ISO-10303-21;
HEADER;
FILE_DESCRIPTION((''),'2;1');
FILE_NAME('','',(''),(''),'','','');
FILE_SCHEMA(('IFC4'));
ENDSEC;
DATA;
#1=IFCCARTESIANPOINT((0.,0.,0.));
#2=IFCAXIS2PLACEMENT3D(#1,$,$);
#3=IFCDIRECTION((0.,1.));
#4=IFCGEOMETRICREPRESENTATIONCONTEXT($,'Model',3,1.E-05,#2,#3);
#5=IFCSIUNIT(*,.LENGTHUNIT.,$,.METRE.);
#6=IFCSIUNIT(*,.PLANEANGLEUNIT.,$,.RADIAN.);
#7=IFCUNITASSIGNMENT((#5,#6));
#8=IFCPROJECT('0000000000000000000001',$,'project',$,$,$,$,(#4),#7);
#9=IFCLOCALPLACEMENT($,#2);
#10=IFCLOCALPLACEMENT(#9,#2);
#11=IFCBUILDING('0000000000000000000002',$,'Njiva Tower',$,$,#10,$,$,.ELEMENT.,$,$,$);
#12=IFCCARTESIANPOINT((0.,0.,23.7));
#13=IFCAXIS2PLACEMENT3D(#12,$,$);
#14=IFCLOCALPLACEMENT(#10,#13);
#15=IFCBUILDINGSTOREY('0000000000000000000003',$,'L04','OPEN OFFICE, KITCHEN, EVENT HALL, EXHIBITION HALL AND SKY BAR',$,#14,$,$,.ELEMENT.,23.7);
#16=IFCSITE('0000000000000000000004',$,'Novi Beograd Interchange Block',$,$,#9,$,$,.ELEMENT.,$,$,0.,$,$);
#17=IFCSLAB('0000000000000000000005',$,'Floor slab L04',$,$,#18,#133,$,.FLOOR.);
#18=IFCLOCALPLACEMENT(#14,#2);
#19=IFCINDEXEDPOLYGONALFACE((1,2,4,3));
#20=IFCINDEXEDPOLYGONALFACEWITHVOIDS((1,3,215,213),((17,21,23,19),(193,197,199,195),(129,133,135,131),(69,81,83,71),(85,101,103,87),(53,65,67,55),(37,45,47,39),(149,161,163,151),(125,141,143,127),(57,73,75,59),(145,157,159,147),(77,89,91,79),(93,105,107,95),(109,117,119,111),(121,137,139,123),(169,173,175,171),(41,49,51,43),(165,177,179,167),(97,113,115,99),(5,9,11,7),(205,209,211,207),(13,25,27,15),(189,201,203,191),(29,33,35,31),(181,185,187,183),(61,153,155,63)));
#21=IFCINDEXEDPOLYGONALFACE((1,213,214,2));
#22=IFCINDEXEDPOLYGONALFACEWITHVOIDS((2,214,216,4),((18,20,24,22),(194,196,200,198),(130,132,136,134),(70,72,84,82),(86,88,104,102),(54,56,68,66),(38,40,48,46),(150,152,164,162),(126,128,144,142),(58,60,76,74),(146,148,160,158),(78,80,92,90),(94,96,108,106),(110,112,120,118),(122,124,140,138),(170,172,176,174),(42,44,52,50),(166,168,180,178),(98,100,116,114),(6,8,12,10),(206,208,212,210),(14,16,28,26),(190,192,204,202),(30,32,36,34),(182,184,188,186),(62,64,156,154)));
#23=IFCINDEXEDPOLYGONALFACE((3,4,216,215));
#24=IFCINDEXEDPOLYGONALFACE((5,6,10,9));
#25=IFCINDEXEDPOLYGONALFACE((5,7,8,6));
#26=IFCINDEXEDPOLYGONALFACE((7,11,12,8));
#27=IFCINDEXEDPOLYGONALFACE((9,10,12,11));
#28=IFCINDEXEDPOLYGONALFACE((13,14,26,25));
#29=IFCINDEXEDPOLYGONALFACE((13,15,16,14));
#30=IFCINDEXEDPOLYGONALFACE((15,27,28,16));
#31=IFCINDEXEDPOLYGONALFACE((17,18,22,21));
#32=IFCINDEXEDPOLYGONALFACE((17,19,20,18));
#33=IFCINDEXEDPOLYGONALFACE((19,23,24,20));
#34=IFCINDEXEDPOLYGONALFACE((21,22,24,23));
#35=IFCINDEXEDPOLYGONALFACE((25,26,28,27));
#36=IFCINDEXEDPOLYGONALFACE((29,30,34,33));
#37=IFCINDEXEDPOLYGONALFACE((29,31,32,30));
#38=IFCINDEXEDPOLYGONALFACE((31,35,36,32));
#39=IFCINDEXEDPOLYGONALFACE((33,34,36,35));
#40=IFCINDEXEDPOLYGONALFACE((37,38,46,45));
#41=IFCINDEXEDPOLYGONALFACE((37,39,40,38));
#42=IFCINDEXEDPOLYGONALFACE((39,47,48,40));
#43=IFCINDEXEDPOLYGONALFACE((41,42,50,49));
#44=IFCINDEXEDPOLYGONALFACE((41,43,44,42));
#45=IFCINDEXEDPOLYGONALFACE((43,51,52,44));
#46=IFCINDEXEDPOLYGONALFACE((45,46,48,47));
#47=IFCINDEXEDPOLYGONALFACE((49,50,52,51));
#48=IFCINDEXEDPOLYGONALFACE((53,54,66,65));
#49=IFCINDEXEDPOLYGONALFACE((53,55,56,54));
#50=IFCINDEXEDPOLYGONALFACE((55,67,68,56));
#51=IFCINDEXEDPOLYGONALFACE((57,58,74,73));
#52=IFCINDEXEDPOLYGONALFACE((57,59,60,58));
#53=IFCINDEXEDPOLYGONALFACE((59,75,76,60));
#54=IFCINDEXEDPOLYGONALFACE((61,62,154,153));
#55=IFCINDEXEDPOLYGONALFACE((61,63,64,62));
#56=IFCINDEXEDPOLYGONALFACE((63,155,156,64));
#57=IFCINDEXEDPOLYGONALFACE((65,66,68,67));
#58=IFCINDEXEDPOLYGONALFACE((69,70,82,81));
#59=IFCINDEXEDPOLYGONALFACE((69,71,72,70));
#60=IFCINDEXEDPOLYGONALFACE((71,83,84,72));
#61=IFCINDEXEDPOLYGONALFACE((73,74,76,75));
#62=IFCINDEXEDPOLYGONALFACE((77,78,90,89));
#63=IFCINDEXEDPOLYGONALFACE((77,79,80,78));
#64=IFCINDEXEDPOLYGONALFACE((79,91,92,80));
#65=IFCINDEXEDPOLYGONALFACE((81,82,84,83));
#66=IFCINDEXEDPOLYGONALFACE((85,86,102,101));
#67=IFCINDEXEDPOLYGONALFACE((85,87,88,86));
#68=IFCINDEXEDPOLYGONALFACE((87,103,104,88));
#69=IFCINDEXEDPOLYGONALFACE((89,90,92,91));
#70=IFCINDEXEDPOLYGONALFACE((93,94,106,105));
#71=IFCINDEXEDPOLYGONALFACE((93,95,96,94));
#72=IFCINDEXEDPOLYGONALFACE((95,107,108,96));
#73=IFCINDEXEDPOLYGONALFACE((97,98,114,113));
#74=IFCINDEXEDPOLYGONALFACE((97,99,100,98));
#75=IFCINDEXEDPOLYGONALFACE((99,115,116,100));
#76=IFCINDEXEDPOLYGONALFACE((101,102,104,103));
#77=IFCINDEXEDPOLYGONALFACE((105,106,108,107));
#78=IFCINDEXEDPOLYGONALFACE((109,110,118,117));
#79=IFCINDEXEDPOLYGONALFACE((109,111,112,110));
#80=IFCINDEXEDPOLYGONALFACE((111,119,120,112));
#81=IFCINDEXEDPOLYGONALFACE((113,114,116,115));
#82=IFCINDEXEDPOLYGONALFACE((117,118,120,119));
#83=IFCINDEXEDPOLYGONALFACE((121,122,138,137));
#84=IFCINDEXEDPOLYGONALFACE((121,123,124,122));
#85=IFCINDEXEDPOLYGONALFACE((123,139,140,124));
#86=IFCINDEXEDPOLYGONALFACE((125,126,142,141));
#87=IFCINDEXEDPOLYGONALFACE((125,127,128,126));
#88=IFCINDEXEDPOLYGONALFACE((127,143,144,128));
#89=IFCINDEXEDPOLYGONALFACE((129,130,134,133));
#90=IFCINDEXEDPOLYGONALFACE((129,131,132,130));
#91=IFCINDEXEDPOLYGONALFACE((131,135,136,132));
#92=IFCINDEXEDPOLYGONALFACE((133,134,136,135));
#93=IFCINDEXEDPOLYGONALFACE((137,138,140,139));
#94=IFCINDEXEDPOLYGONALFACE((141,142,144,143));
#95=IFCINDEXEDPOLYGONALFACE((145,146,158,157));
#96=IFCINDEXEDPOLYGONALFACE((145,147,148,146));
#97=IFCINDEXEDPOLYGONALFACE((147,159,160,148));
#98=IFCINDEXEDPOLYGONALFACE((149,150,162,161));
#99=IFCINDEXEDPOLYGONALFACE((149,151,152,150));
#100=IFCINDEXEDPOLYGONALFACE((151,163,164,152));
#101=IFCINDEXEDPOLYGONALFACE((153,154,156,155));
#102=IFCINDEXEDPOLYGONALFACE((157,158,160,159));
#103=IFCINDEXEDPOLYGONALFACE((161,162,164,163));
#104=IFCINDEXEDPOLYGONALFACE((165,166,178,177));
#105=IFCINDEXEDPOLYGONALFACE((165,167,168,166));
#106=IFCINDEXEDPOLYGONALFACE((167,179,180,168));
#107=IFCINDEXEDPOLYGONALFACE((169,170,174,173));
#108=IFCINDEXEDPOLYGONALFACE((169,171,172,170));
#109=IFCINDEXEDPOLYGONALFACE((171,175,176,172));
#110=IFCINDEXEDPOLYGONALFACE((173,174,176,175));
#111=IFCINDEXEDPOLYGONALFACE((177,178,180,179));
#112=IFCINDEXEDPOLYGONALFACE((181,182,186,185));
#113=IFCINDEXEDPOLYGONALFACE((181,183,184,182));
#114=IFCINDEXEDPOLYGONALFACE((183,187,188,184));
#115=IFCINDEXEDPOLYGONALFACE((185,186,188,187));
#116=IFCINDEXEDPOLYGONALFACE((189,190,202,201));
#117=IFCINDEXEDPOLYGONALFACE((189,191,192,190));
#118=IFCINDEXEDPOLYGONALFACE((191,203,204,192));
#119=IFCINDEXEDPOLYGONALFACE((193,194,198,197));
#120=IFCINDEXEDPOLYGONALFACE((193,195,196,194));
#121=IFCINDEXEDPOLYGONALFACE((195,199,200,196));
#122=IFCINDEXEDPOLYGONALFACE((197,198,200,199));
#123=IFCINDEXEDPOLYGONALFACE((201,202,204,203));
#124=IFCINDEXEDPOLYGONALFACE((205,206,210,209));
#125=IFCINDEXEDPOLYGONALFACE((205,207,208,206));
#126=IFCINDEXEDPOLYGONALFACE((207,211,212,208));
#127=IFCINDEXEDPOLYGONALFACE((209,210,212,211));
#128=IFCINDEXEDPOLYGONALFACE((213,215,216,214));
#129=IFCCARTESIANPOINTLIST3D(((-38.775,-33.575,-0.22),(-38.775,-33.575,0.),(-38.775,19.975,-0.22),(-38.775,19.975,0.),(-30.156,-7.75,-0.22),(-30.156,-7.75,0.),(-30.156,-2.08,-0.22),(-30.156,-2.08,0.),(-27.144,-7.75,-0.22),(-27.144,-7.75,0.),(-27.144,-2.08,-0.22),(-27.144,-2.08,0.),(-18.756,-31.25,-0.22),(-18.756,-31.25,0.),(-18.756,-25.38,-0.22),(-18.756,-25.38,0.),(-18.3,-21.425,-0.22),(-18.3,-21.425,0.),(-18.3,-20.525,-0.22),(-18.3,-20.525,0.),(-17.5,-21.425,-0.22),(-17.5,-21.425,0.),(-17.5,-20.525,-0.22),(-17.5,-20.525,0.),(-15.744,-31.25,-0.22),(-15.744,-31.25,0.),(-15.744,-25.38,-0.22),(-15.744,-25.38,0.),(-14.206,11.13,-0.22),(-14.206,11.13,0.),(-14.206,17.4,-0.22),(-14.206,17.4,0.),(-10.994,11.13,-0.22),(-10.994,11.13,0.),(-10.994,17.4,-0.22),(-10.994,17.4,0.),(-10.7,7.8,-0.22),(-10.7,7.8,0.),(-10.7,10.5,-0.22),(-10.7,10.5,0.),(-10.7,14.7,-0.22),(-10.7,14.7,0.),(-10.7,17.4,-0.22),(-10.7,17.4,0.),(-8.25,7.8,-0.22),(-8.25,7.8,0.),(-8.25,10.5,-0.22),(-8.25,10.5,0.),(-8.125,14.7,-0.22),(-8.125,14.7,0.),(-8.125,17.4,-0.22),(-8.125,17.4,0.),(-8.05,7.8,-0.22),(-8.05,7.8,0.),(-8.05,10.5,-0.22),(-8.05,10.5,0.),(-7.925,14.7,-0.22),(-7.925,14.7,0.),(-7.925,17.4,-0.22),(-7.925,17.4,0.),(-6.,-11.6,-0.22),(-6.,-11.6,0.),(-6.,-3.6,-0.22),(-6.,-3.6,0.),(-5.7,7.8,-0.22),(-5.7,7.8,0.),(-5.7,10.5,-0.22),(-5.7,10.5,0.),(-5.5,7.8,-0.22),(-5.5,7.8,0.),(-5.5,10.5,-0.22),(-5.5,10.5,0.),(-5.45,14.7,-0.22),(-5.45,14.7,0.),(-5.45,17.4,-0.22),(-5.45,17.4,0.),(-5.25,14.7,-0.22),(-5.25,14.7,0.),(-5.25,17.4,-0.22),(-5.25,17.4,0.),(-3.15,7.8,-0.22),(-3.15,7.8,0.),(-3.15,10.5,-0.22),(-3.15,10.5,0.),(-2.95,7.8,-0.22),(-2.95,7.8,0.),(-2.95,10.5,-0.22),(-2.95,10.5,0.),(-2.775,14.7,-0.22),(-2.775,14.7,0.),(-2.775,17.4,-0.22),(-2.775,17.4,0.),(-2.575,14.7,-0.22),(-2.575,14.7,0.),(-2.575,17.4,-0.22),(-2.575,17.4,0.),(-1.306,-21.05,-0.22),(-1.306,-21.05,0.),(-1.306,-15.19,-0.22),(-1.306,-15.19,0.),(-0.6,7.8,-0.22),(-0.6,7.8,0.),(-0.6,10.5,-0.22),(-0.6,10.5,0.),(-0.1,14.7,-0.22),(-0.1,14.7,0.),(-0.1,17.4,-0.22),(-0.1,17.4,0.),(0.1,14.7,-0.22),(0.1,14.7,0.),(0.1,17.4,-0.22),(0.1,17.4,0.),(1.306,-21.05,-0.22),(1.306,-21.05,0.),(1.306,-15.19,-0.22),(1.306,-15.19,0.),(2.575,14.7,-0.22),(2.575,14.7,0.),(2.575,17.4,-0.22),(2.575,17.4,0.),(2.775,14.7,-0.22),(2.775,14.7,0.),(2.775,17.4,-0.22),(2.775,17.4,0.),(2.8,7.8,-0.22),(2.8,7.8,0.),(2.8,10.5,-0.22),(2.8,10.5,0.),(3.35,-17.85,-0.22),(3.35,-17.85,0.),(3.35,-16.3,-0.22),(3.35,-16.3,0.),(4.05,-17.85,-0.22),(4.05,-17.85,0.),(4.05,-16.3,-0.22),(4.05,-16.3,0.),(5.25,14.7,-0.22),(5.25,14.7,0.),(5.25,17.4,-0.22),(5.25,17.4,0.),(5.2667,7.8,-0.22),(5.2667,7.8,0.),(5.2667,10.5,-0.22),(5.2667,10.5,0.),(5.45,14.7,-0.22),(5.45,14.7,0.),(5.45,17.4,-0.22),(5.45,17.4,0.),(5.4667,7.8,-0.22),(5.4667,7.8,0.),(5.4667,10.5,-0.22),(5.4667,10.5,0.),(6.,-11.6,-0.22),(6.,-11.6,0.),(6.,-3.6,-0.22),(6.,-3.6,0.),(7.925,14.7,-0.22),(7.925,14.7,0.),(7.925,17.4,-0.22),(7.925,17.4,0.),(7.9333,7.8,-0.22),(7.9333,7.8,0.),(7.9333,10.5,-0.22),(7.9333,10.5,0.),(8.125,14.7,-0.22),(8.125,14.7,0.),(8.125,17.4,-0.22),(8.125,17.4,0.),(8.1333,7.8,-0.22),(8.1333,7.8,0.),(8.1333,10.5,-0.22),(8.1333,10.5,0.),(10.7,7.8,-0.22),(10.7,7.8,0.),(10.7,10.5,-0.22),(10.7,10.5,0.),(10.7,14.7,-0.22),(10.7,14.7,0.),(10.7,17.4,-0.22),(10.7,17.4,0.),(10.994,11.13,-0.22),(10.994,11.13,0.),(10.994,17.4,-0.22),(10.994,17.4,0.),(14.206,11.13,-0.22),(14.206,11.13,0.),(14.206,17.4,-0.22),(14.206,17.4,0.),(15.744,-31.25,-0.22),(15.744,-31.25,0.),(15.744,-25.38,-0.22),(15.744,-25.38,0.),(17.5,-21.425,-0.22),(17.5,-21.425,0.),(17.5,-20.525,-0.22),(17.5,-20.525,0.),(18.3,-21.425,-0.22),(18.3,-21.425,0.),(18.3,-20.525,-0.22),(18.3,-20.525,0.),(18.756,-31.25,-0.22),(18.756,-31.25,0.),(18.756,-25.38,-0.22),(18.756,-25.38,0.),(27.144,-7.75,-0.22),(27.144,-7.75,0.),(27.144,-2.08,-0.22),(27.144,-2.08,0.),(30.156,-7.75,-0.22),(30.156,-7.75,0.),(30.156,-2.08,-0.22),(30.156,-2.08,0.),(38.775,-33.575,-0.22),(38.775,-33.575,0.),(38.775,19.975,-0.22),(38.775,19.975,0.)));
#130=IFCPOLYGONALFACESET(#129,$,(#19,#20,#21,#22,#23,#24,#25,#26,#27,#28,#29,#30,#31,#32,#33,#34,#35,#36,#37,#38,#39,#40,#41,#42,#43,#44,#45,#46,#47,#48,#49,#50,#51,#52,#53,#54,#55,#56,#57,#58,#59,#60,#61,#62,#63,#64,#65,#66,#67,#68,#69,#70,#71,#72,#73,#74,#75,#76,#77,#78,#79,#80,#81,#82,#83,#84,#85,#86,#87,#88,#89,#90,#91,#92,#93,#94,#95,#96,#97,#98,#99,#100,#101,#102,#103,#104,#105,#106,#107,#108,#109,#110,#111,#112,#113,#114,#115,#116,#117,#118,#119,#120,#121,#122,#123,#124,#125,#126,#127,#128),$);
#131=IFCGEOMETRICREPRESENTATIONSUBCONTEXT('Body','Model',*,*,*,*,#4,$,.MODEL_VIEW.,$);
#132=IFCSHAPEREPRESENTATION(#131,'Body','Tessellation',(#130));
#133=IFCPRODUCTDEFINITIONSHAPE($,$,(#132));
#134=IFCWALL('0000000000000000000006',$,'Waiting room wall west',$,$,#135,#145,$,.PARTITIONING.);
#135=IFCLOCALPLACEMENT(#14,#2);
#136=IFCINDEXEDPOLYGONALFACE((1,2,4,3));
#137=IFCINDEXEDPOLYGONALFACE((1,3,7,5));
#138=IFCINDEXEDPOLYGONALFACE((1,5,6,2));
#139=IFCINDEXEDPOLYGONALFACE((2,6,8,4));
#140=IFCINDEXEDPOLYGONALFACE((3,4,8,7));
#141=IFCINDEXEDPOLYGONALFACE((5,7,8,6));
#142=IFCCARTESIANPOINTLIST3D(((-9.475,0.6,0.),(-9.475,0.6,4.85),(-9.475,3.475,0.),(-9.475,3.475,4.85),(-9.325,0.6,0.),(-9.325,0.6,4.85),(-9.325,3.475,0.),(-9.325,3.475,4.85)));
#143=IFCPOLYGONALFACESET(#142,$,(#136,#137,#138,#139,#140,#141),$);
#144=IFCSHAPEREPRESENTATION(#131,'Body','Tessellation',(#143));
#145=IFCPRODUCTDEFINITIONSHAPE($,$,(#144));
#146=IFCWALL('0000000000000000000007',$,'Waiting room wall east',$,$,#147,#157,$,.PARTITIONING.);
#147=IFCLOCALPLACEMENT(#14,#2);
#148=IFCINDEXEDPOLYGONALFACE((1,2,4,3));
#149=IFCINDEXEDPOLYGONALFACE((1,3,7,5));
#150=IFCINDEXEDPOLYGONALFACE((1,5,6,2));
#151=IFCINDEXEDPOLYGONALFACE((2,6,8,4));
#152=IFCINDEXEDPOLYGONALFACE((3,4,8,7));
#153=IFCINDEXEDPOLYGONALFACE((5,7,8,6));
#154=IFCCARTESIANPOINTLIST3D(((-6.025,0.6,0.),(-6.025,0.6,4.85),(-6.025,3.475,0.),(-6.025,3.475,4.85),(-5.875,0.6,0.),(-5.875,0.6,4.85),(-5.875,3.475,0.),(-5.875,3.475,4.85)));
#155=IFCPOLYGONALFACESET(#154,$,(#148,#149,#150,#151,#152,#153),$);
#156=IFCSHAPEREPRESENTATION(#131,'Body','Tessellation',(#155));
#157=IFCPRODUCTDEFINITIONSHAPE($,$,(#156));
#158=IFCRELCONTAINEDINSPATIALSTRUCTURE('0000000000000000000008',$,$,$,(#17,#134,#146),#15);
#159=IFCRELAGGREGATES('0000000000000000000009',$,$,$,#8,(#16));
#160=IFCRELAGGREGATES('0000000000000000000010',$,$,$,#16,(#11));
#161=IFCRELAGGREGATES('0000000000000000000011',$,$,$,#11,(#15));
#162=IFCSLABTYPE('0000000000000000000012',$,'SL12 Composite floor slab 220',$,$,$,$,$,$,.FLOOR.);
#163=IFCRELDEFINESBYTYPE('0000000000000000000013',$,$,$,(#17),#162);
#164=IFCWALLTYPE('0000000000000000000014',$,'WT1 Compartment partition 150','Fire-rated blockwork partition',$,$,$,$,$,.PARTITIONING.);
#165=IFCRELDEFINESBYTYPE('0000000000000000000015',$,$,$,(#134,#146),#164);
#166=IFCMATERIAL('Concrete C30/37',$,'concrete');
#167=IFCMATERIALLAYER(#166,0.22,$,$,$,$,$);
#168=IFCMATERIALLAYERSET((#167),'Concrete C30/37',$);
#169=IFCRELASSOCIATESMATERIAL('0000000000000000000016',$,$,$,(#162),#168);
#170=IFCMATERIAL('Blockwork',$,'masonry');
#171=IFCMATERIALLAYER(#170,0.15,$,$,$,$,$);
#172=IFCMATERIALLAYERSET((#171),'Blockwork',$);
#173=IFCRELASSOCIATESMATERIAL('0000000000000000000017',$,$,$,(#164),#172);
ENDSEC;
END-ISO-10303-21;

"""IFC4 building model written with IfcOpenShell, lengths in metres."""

from ifc_helpers import new_model, si_unit, direction, frame, frame_2d, origin, place, context, subcontext, project, spatial, polyline, rectangle, outline, extrude, material, layer, layer_set, type_object, element, save


model = new_model("IFC4")

# Units and contexts
model_context = context("Model", 3, precision=1e-05, world=origin(), true_north=direction((0.0, 1.0)))
body_context = subcontext(model_context, "Body", "Model", "MODEL_VIEW")
ifc_project = project(units=[si_unit("LENGTHUNIT", "METRE"), si_unit("PLANEANGLEUNIT", "RADIAN")], contexts=[model_context])

# Site, building, storey
site_placement = place(None, origin())
site = spatial("IfcSite", under=ifc_project, at=site_placement, Name="Novi Beograd Interchange Block", CompositionType="ELEMENT", RefElevation=0.0)
building_placement = place(site_placement, origin())
building = spatial("IfcBuilding", under=site, at=building_placement, Name="Njiva Tower", CompositionType="ELEMENT")
storey_placement = place(building_placement, frame((0.0, 0.0, 23.7)))
storey = spatial("IfcBuildingStorey", under=building, at=storey_placement, Name="L04", Description="OPEN OFFICE, KITCHEN, EVENT HALL, EXHIBITION HALL AND SKY BAR", CompositionType="ELEMENT", Elevation=23.7)

# Slab
ifc_material_1 = material(Name="Concrete C30/37", Category="concrete")
ifc_layer_1 = layer(ifc_material_1, 0.22)
ifc_layer_set_1 = layer_set([ifc_layer_1], Name="Concrete C30/37")
slab_type = type_object("IfcSlabType", Name="SL12 Composite floor slab 220", PredefinedType="FLOOR", material=ifc_layer_set_1)
slab_placement = place(storey_placement, frame((0.0, 0.0, -0.22)))
element("IfcSlab", 1, at=slab_placement, inside=storey, type_object=slab_type, Name="Floor slab L04", PredefinedType="FLOOR", context=body_context, shape_type="SweptSolid", body=[
    extrude(outline(polyline([(-38.775, -33.575), (-38.775, 19.975), (38.775, 19.975), (38.775, -33.575), (-38.775, -33.575)]), holes=[polyline([(27.144, -2.08), (27.144, -7.75), (30.156, -7.75), (30.156, -2.08), (27.144, -2.08)]), polyline([(15.744, -31.25), (18.756, -31.25), (18.756, -25.38), (15.744, -25.38), (15.744, -31.25)]), polyline([(17.5, -20.525), (17.5, -21.425), (18.3, -21.425), (18.3, -20.525), (17.5, -20.525)]), polyline([(10.994, 17.4), (10.994, 11.13), (14.206, 11.13), (14.206, 17.4), (10.994, 17.4)]), polyline([(8.125, 17.4), (8.125, 14.7), (10.7, 14.7), (10.7, 17.4), (8.125, 17.4)]), polyline([(8.1333, 10.5), (8.1333, 7.8), (10.7, 7.8), (10.7, 10.5), (8.1333, 10.5)]), polyline([(5.4667, 7.8), (7.9333, 7.8), (7.9333, 10.5), (5.4667, 10.5), (5.4667, 7.8)]), polyline([(5.45, 17.4), (5.45, 14.7), (7.925, 14.7), (7.925, 17.4), (5.45, 17.4)]), polyline([(-6.0, -11.6), (6.0, -11.6), (6.0, -3.6), (-6.0, -3.6), (-6.0, -11.6)]), polyline([(2.8, 10.5), (2.8, 7.8), (5.2667, 7.8), (5.2667, 10.5), (2.8, 10.5)]), polyline([(2.775, 17.4), (2.775, 14.7), (5.25, 14.7), (5.25, 17.4), (2.775, 17.4)]), polyline([(3.35, -17.85), (4.05, -17.85), (4.05, -16.3), (3.35, -16.3), (3.35, -17.85)]), polyline([(0.1, 17.4), (0.1, 14.7), (2.575, 14.7), (2.575, 17.4), (0.1, 17.4)]), polyline([(-1.306, -15.19), (-1.306, -21.05), (1.306, -21.05), (1.306, -15.19), (-1.306, -15.19)]), polyline([(-2.575, 17.4), (-2.575, 14.7), (-0.1, 14.7), (-0.1, 17.4), (-2.575, 17.4)]), polyline([(-2.95, 10.5), (-2.95, 7.8), (-0.6, 7.8), (-0.6, 10.5), (-2.95, 10.5)]), polyline([(-5.25, 17.4), (-5.25, 14.7), (-2.775, 14.7), (-2.775, 17.4), (-5.25, 17.4)]), polyline([(-5.5, 7.8), (-3.15, 7.8), (-3.15, 10.5), (-5.5, 10.5), (-5.5, 7.8)]), polyline([(-7.925, 17.4), (-7.925, 14.7), (-5.45, 14.7), (-5.45, 17.4), (-7.925, 17.4)]), polyline([(-8.05, 10.5), (-8.05, 7.8), (-5.7, 7.8), (-5.7, 10.5), (-8.05, 10.5)]), polyline([(-10.7, 17.4), (-10.7, 14.7), (-8.125, 14.7), (-8.125, 17.4), (-10.7, 17.4)]), polyline([(-10.7, 10.5), (-10.7, 7.8), (-8.25, 7.8), (-8.25, 10.5), (-10.7, 10.5)]), polyline([(-14.206, 17.4), (-14.206, 11.13), (-10.994, 11.13), (-10.994, 17.4), (-14.206, 17.4)]), polyline([(-18.756, -31.25), (-15.744, -31.25), (-15.744, -25.38), (-18.756, -25.38), (-18.756, -31.25)]), polyline([(-18.3, -20.525), (-18.3, -21.425), (-17.5, -21.425), (-17.5, -20.525), (-18.3, -20.525)]), polyline([(-30.156, -7.75), (-27.144, -7.75), (-27.144, -2.08), (-30.156, -2.08), (-30.156, -7.75)])]), origin(), (0.0, 0.0, 1.0), 0.22),
])

# Walls
ifc_material_2 = material(Name="Blockwork", Category="masonry")
ifc_layer_2 = layer(ifc_material_2, 0.15)
ifc_layer_set_2 = layer_set([ifc_layer_2], Name="Blockwork")
wall_type_1 = type_object("IfcWallType", Name="WT1 Compartment partition 150", Description="Fire-rated blockwork partition", PredefinedType="PARTITIONING", material=ifc_layer_set_2)
for number, where, z_axis, x_axis, name in (
    (2, (-9.4, 0.6, 0.0), (0.0, 0.0, 1.0), (0.0, 1.0, 0.0), "Waiting room wall west"),
    (3, (-5.95, 0.6, 0.0), (0.0, 0.0, 1.0), (0.0, 1.0, 0.0), "Waiting room wall east"),
):
    element("IfcWall", number, at=place(storey_placement, frame(where, z_axis=z_axis, x_axis=x_axis)), inside=storey, type_object=wall_type_1, Name=name, PredefinedType="PARTITIONING", context=body_context, shape_type="SweptSolid", body=[
        extrude(rectangle(XDim=2.875, YDim=0.15, at=frame_2d((1.4375, 0.0))), origin(), (0.0, 0.0, 1.0), 4.85),
    ])

save(model, "model.ifc")
